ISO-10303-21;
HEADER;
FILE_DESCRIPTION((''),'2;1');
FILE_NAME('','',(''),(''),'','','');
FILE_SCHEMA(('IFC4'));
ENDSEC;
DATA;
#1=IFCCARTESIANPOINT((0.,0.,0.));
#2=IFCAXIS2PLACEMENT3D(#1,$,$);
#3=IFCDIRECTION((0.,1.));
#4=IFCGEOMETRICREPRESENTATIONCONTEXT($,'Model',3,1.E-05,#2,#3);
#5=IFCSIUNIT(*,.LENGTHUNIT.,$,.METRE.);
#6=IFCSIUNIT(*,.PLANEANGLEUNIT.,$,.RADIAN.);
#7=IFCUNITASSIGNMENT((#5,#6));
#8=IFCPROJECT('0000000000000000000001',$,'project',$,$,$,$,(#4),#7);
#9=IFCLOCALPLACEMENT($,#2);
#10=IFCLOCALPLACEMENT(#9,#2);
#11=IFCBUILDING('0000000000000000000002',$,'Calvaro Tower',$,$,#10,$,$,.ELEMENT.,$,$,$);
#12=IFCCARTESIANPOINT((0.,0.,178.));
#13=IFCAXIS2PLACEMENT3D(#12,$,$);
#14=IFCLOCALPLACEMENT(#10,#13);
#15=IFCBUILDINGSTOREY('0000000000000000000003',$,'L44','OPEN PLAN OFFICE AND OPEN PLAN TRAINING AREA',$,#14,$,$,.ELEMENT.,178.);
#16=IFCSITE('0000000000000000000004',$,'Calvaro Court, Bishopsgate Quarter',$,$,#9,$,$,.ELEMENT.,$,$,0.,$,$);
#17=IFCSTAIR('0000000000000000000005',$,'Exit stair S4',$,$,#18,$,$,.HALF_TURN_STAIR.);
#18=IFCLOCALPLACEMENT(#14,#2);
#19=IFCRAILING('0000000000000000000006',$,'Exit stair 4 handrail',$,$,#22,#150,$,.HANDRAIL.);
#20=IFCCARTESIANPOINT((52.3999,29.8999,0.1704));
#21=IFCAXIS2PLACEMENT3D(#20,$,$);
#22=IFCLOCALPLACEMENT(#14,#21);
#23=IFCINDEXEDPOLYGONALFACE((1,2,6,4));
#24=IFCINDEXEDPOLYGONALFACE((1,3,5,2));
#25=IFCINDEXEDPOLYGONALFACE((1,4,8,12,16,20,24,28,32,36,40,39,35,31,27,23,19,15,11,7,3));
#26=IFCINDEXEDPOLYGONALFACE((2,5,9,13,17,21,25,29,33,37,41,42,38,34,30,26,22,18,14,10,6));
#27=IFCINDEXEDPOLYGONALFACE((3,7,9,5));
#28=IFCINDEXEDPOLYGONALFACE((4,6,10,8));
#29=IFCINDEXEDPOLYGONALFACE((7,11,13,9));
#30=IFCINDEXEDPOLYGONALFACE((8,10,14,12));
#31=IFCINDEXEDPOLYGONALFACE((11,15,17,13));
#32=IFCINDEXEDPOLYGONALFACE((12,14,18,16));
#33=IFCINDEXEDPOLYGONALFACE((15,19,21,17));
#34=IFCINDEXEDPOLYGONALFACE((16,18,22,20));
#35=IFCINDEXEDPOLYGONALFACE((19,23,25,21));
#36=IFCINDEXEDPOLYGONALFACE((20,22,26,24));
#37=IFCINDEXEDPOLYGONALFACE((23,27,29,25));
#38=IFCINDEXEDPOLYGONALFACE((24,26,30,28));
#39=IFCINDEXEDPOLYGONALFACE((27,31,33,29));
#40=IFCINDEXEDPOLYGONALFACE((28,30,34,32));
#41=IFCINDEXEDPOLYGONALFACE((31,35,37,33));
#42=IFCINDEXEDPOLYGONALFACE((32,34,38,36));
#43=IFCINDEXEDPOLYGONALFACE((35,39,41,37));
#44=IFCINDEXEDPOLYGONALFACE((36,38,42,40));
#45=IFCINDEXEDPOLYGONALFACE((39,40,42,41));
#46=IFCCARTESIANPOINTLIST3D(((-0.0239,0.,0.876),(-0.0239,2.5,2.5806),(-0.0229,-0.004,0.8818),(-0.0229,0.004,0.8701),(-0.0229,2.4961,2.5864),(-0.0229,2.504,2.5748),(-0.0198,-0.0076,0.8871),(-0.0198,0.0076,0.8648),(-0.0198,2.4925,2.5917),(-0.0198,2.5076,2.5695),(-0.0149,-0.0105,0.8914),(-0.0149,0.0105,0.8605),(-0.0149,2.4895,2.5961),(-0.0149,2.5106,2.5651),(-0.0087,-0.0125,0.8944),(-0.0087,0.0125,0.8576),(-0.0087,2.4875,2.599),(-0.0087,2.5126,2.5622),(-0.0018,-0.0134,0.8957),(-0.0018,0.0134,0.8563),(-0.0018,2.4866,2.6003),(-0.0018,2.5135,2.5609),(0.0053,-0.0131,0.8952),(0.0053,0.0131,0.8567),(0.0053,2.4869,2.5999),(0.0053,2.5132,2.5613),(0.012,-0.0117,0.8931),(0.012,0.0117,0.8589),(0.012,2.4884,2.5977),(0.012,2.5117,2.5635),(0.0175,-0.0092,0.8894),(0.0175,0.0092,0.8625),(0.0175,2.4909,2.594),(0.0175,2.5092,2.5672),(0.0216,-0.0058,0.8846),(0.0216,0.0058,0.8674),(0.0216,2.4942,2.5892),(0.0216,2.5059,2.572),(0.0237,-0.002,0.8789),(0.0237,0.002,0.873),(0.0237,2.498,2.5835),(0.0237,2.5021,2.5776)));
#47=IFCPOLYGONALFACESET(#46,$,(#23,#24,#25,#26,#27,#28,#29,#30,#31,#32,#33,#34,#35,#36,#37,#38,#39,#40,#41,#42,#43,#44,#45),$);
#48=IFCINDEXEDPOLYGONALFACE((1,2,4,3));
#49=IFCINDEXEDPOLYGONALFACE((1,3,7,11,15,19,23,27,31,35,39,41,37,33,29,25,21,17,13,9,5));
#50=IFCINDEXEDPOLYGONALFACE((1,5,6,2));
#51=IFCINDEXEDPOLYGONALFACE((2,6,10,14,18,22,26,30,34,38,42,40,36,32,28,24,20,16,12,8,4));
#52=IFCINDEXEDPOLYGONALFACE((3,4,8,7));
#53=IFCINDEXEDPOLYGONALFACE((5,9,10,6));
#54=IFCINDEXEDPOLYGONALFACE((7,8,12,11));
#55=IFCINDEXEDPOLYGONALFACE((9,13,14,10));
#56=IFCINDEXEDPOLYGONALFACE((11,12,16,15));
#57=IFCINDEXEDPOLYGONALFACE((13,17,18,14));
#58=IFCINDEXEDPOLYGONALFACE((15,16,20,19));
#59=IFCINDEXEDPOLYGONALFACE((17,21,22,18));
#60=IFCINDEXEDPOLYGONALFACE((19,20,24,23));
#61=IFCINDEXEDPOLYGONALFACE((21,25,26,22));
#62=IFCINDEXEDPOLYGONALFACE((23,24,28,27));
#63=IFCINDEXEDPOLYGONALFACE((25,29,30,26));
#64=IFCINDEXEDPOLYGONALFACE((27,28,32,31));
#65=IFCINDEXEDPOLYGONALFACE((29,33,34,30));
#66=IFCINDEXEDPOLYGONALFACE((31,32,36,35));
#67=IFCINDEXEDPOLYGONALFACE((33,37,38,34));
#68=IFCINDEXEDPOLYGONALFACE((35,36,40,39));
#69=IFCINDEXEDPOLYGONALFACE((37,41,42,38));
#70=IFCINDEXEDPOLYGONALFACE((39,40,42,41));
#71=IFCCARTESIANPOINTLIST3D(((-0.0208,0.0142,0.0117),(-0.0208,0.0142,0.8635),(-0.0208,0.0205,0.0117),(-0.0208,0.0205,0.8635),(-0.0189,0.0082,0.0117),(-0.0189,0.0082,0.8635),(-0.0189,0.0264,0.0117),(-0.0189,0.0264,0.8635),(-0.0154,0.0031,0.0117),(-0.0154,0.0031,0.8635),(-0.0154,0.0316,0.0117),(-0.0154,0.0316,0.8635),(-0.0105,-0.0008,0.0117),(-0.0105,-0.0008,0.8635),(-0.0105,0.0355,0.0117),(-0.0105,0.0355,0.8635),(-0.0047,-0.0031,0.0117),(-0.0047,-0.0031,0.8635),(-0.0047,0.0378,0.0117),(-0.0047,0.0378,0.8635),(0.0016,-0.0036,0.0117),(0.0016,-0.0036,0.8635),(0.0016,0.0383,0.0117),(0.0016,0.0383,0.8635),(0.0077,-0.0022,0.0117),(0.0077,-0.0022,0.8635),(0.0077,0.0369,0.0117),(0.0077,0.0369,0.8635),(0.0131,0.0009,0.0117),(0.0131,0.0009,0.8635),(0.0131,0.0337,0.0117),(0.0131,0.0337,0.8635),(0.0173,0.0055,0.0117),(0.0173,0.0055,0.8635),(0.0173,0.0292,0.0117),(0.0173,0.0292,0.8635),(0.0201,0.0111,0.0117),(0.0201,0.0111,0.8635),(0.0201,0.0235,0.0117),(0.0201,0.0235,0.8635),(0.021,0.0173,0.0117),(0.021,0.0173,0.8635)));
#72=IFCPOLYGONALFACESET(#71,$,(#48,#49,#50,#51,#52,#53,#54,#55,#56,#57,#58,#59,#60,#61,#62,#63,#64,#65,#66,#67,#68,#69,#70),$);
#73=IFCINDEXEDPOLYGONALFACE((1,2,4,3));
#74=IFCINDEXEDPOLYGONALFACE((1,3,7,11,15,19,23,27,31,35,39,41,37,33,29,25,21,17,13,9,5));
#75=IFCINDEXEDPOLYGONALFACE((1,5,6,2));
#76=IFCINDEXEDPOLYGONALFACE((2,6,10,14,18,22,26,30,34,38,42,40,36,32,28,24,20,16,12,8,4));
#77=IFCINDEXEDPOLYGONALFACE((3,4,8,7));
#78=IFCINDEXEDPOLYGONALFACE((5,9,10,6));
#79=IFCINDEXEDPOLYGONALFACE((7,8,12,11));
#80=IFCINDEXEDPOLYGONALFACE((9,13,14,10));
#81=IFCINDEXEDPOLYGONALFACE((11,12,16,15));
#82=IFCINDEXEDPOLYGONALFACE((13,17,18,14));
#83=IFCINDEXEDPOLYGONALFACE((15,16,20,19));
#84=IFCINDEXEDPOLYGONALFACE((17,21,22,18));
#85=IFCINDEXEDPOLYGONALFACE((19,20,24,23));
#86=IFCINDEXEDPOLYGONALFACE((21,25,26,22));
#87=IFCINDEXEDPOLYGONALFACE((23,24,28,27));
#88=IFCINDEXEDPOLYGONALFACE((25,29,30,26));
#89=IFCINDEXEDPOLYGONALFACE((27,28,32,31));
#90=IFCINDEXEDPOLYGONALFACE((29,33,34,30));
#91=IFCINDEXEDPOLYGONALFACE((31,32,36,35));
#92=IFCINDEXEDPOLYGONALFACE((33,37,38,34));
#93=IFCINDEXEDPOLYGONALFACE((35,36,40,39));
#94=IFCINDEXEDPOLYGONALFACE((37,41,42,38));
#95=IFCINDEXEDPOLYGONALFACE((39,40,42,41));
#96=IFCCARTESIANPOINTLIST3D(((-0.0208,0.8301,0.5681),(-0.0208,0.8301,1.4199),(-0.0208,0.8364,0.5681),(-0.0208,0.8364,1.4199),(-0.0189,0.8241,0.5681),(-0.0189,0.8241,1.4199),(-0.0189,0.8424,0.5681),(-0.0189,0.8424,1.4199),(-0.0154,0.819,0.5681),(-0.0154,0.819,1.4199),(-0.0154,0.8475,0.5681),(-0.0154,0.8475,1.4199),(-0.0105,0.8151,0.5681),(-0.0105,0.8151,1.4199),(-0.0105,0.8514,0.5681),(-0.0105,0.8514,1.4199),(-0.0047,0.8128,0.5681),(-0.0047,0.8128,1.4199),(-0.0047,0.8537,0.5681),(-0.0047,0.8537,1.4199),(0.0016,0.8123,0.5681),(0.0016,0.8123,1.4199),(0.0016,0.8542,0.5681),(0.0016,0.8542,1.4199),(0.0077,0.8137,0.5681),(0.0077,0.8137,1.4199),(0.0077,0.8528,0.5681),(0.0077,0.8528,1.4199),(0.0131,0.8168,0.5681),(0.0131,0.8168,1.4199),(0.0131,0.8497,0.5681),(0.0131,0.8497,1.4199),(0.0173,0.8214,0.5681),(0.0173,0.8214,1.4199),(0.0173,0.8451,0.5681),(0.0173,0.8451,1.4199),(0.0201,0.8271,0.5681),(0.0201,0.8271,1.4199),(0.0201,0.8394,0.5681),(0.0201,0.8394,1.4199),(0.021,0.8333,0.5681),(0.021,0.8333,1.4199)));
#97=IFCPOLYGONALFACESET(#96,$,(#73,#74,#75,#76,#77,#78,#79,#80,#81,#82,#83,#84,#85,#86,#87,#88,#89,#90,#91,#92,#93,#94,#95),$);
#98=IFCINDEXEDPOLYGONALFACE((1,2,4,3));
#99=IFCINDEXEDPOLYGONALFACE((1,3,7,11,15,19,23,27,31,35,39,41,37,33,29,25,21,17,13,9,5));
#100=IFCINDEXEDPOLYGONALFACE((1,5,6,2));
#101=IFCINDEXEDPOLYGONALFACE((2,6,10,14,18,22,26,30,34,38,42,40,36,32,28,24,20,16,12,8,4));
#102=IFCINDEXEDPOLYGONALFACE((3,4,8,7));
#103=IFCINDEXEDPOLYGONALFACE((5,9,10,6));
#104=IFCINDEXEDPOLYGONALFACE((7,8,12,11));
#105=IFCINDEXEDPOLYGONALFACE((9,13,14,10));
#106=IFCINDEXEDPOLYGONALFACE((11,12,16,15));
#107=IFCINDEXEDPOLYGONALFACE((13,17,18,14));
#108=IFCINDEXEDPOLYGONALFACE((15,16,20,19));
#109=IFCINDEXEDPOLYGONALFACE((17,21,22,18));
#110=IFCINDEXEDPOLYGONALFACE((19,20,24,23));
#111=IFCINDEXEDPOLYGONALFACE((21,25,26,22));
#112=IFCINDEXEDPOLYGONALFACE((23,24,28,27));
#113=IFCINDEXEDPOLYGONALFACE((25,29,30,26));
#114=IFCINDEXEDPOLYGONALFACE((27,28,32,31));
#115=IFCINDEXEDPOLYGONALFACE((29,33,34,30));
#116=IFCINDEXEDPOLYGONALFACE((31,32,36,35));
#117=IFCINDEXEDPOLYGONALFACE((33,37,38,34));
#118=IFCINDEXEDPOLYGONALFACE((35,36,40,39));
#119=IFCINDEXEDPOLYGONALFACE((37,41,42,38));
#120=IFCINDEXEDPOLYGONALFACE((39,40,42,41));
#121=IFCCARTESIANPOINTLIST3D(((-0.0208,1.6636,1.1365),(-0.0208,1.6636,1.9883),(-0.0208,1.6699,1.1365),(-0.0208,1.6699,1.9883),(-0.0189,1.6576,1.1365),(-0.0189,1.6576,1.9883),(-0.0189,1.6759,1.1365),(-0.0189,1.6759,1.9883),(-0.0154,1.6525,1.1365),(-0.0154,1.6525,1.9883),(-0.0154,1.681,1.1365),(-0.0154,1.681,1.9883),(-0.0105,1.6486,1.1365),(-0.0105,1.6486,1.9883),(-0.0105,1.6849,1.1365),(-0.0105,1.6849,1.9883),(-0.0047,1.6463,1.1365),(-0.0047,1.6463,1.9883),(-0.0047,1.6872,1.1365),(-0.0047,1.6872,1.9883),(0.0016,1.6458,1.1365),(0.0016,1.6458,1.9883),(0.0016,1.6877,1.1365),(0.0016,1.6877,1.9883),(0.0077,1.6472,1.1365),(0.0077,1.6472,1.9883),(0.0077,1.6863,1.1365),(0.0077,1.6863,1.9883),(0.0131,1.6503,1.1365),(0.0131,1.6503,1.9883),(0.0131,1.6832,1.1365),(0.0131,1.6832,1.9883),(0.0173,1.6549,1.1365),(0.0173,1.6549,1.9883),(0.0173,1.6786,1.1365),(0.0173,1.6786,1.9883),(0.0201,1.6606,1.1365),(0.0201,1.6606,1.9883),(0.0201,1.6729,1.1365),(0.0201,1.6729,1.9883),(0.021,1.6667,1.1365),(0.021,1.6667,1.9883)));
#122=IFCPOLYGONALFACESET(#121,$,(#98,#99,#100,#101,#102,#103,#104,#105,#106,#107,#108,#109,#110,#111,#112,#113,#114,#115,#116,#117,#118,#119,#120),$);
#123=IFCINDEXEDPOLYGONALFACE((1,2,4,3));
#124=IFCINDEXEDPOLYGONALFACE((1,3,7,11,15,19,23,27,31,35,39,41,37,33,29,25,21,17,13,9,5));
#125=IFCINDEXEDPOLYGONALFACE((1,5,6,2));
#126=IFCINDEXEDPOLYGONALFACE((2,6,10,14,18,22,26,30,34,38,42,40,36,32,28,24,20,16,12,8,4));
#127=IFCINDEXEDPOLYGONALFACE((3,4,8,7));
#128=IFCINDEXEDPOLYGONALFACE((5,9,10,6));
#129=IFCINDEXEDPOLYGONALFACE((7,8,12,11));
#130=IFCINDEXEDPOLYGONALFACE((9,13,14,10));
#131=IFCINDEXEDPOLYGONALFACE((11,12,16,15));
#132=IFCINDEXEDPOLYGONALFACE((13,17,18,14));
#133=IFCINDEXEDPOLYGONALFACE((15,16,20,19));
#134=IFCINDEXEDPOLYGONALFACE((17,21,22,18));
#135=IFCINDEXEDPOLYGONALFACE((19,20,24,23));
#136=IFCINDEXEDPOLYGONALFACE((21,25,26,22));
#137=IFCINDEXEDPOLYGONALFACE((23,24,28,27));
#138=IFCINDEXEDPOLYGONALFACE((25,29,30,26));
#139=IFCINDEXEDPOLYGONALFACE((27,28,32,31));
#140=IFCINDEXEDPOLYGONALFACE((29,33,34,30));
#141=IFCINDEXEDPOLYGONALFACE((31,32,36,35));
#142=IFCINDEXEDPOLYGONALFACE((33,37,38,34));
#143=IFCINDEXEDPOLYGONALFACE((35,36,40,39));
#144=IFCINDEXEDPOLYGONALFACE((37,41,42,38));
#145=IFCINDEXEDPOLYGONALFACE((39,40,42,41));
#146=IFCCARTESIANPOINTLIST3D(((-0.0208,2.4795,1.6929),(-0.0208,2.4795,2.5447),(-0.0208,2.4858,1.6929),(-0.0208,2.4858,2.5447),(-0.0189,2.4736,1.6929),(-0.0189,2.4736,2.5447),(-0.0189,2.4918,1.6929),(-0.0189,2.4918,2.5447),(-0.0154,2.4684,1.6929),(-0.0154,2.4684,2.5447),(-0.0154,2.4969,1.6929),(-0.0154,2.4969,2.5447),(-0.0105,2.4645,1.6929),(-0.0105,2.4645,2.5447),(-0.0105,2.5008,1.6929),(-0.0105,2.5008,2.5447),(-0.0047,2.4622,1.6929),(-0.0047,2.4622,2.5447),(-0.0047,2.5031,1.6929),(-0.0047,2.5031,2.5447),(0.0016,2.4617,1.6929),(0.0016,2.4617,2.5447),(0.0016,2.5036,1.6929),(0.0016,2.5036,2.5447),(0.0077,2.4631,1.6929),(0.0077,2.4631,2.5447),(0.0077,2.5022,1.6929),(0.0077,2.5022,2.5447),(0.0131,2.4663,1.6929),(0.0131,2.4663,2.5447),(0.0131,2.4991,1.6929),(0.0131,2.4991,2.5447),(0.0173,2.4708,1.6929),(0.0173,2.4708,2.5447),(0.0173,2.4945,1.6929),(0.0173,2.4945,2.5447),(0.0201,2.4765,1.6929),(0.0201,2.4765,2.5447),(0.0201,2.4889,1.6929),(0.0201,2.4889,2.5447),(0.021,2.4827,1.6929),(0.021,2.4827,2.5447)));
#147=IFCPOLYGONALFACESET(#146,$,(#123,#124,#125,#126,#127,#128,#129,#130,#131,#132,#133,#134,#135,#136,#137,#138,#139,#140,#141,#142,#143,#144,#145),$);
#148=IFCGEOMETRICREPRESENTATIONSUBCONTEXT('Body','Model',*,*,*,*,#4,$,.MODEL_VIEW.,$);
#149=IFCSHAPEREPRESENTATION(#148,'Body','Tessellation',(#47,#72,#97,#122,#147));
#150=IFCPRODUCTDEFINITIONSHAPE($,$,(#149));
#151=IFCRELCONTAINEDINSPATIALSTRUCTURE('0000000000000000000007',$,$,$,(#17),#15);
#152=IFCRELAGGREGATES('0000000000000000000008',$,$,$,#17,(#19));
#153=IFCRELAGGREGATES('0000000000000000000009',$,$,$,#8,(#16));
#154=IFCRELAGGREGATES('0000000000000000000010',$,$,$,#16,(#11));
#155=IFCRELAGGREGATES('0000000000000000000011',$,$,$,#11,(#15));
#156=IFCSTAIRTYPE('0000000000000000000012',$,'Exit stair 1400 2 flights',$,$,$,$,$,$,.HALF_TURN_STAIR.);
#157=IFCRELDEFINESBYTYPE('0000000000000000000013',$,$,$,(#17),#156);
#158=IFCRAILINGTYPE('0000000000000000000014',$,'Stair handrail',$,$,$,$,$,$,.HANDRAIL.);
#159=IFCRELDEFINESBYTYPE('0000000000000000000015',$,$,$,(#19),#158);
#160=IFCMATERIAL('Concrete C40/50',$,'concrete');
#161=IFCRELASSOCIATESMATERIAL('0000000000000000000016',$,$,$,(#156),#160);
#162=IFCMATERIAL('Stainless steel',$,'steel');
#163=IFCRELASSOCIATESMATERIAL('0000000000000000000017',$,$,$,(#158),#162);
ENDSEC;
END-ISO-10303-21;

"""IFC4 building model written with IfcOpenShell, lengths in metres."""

from ifc_helpers import new_model, si_unit, direction, frame, origin, origin_2d, place, context, subcontext, project, spatial, circle, extrude, material, type_object, element, aggregate, save


model = new_model("IFC4")

# Units and contexts
model_context = context("Model", 3, precision=1e-05, world=origin(), true_north=direction((0.0, 1.0)))
body_context = subcontext(model_context, "Body", "Model", "MODEL_VIEW")
ifc_project = project(units=[si_unit("LENGTHUNIT", "METRE"), si_unit("PLANEANGLEUNIT", "RADIAN")], contexts=[model_context])

# Site, building, storey
site_placement = place(None, origin())
site = spatial("IfcSite", under=ifc_project, at=site_placement, Name="Calvaro Court, Bishopsgate Quarter", CompositionType="ELEMENT", RefElevation=0.0)
building_placement = place(site_placement, origin())
building = spatial("IfcBuilding", under=site, at=building_placement, Name="Calvaro Tower", CompositionType="ELEMENT")
storey_placement = place(building_placement, frame((0.0, 0.0, 178.0)))
storey = spatial("IfcBuildingStorey", under=building, at=storey_placement, Name="L44", Description="OPEN PLAN OFFICE AND OPEN PLAN TRAINING AREA", CompositionType="ELEMENT", Elevation=178.0)

# Stair
ifc_material_1 = material(Name="Concrete C40/50", Category="concrete")
stair_type = type_object("IfcStairType", Name="Exit stair 1400 2 flights", PredefinedType="HALF_TURN_STAIR", material=ifc_material_1)
stair_1_placement = place(storey_placement, origin())
stair_1 = element("IfcStair", 1, at=stair_1_placement, inside=storey, type_object=stair_type, Name="Exit stair S4", PredefinedType="HALF_TURN_STAIR")

# Railing
ifc_material_2 = material(Name="Stainless steel", Category="steel")
railing_type = type_object("IfcRailingType", Name="Stair handrail", PredefinedType="HANDRAIL", material=ifc_material_2)
railing_1_placement = place(storey_placement, frame((52.3999, 29.8999, 0.1704)))
railing_1 = element("IfcRailing", 2, at=railing_1_placement, type_object=railing_type, Name="Exit stair 4 handrail", PredefinedType="HANDRAIL", context=body_context, shape_type="SweptSolid", body=[
    extrude(circle(Radius=0.0239, at=origin_2d()), frame((0.0, 0.0, 0.876), z_axis=(0.0, 0.826221, 0.563347), x_axis=(-1.0, 0.0, 0.0)), (0.0, 0.0, 1.0), 3.0259),
    extrude(circle(Radius=0.021, at=origin_2d()), frame((0.0, 0.0173, 0.0117)), (0.0, 0.0, 1.0), 0.8518),
    extrude(circle(Radius=0.021, at=origin_2d()), frame((0.0, 0.8333, 0.5681)), (0.0, 0.0, 1.0), 0.8518),
    extrude(circle(Radius=0.021, at=origin_2d()), frame((0.0, 1.6667, 1.1365)), (0.0, 0.0, 1.0), 0.8518),
    extrude(circle(Radius=0.021, at=origin_2d()), frame((0.0, 2.4827, 1.6929)), (0.0, 0.0, 1.0), 0.8518),
])
aggregate(stair_1, [railing_1])

save(model, "model.ifc")
